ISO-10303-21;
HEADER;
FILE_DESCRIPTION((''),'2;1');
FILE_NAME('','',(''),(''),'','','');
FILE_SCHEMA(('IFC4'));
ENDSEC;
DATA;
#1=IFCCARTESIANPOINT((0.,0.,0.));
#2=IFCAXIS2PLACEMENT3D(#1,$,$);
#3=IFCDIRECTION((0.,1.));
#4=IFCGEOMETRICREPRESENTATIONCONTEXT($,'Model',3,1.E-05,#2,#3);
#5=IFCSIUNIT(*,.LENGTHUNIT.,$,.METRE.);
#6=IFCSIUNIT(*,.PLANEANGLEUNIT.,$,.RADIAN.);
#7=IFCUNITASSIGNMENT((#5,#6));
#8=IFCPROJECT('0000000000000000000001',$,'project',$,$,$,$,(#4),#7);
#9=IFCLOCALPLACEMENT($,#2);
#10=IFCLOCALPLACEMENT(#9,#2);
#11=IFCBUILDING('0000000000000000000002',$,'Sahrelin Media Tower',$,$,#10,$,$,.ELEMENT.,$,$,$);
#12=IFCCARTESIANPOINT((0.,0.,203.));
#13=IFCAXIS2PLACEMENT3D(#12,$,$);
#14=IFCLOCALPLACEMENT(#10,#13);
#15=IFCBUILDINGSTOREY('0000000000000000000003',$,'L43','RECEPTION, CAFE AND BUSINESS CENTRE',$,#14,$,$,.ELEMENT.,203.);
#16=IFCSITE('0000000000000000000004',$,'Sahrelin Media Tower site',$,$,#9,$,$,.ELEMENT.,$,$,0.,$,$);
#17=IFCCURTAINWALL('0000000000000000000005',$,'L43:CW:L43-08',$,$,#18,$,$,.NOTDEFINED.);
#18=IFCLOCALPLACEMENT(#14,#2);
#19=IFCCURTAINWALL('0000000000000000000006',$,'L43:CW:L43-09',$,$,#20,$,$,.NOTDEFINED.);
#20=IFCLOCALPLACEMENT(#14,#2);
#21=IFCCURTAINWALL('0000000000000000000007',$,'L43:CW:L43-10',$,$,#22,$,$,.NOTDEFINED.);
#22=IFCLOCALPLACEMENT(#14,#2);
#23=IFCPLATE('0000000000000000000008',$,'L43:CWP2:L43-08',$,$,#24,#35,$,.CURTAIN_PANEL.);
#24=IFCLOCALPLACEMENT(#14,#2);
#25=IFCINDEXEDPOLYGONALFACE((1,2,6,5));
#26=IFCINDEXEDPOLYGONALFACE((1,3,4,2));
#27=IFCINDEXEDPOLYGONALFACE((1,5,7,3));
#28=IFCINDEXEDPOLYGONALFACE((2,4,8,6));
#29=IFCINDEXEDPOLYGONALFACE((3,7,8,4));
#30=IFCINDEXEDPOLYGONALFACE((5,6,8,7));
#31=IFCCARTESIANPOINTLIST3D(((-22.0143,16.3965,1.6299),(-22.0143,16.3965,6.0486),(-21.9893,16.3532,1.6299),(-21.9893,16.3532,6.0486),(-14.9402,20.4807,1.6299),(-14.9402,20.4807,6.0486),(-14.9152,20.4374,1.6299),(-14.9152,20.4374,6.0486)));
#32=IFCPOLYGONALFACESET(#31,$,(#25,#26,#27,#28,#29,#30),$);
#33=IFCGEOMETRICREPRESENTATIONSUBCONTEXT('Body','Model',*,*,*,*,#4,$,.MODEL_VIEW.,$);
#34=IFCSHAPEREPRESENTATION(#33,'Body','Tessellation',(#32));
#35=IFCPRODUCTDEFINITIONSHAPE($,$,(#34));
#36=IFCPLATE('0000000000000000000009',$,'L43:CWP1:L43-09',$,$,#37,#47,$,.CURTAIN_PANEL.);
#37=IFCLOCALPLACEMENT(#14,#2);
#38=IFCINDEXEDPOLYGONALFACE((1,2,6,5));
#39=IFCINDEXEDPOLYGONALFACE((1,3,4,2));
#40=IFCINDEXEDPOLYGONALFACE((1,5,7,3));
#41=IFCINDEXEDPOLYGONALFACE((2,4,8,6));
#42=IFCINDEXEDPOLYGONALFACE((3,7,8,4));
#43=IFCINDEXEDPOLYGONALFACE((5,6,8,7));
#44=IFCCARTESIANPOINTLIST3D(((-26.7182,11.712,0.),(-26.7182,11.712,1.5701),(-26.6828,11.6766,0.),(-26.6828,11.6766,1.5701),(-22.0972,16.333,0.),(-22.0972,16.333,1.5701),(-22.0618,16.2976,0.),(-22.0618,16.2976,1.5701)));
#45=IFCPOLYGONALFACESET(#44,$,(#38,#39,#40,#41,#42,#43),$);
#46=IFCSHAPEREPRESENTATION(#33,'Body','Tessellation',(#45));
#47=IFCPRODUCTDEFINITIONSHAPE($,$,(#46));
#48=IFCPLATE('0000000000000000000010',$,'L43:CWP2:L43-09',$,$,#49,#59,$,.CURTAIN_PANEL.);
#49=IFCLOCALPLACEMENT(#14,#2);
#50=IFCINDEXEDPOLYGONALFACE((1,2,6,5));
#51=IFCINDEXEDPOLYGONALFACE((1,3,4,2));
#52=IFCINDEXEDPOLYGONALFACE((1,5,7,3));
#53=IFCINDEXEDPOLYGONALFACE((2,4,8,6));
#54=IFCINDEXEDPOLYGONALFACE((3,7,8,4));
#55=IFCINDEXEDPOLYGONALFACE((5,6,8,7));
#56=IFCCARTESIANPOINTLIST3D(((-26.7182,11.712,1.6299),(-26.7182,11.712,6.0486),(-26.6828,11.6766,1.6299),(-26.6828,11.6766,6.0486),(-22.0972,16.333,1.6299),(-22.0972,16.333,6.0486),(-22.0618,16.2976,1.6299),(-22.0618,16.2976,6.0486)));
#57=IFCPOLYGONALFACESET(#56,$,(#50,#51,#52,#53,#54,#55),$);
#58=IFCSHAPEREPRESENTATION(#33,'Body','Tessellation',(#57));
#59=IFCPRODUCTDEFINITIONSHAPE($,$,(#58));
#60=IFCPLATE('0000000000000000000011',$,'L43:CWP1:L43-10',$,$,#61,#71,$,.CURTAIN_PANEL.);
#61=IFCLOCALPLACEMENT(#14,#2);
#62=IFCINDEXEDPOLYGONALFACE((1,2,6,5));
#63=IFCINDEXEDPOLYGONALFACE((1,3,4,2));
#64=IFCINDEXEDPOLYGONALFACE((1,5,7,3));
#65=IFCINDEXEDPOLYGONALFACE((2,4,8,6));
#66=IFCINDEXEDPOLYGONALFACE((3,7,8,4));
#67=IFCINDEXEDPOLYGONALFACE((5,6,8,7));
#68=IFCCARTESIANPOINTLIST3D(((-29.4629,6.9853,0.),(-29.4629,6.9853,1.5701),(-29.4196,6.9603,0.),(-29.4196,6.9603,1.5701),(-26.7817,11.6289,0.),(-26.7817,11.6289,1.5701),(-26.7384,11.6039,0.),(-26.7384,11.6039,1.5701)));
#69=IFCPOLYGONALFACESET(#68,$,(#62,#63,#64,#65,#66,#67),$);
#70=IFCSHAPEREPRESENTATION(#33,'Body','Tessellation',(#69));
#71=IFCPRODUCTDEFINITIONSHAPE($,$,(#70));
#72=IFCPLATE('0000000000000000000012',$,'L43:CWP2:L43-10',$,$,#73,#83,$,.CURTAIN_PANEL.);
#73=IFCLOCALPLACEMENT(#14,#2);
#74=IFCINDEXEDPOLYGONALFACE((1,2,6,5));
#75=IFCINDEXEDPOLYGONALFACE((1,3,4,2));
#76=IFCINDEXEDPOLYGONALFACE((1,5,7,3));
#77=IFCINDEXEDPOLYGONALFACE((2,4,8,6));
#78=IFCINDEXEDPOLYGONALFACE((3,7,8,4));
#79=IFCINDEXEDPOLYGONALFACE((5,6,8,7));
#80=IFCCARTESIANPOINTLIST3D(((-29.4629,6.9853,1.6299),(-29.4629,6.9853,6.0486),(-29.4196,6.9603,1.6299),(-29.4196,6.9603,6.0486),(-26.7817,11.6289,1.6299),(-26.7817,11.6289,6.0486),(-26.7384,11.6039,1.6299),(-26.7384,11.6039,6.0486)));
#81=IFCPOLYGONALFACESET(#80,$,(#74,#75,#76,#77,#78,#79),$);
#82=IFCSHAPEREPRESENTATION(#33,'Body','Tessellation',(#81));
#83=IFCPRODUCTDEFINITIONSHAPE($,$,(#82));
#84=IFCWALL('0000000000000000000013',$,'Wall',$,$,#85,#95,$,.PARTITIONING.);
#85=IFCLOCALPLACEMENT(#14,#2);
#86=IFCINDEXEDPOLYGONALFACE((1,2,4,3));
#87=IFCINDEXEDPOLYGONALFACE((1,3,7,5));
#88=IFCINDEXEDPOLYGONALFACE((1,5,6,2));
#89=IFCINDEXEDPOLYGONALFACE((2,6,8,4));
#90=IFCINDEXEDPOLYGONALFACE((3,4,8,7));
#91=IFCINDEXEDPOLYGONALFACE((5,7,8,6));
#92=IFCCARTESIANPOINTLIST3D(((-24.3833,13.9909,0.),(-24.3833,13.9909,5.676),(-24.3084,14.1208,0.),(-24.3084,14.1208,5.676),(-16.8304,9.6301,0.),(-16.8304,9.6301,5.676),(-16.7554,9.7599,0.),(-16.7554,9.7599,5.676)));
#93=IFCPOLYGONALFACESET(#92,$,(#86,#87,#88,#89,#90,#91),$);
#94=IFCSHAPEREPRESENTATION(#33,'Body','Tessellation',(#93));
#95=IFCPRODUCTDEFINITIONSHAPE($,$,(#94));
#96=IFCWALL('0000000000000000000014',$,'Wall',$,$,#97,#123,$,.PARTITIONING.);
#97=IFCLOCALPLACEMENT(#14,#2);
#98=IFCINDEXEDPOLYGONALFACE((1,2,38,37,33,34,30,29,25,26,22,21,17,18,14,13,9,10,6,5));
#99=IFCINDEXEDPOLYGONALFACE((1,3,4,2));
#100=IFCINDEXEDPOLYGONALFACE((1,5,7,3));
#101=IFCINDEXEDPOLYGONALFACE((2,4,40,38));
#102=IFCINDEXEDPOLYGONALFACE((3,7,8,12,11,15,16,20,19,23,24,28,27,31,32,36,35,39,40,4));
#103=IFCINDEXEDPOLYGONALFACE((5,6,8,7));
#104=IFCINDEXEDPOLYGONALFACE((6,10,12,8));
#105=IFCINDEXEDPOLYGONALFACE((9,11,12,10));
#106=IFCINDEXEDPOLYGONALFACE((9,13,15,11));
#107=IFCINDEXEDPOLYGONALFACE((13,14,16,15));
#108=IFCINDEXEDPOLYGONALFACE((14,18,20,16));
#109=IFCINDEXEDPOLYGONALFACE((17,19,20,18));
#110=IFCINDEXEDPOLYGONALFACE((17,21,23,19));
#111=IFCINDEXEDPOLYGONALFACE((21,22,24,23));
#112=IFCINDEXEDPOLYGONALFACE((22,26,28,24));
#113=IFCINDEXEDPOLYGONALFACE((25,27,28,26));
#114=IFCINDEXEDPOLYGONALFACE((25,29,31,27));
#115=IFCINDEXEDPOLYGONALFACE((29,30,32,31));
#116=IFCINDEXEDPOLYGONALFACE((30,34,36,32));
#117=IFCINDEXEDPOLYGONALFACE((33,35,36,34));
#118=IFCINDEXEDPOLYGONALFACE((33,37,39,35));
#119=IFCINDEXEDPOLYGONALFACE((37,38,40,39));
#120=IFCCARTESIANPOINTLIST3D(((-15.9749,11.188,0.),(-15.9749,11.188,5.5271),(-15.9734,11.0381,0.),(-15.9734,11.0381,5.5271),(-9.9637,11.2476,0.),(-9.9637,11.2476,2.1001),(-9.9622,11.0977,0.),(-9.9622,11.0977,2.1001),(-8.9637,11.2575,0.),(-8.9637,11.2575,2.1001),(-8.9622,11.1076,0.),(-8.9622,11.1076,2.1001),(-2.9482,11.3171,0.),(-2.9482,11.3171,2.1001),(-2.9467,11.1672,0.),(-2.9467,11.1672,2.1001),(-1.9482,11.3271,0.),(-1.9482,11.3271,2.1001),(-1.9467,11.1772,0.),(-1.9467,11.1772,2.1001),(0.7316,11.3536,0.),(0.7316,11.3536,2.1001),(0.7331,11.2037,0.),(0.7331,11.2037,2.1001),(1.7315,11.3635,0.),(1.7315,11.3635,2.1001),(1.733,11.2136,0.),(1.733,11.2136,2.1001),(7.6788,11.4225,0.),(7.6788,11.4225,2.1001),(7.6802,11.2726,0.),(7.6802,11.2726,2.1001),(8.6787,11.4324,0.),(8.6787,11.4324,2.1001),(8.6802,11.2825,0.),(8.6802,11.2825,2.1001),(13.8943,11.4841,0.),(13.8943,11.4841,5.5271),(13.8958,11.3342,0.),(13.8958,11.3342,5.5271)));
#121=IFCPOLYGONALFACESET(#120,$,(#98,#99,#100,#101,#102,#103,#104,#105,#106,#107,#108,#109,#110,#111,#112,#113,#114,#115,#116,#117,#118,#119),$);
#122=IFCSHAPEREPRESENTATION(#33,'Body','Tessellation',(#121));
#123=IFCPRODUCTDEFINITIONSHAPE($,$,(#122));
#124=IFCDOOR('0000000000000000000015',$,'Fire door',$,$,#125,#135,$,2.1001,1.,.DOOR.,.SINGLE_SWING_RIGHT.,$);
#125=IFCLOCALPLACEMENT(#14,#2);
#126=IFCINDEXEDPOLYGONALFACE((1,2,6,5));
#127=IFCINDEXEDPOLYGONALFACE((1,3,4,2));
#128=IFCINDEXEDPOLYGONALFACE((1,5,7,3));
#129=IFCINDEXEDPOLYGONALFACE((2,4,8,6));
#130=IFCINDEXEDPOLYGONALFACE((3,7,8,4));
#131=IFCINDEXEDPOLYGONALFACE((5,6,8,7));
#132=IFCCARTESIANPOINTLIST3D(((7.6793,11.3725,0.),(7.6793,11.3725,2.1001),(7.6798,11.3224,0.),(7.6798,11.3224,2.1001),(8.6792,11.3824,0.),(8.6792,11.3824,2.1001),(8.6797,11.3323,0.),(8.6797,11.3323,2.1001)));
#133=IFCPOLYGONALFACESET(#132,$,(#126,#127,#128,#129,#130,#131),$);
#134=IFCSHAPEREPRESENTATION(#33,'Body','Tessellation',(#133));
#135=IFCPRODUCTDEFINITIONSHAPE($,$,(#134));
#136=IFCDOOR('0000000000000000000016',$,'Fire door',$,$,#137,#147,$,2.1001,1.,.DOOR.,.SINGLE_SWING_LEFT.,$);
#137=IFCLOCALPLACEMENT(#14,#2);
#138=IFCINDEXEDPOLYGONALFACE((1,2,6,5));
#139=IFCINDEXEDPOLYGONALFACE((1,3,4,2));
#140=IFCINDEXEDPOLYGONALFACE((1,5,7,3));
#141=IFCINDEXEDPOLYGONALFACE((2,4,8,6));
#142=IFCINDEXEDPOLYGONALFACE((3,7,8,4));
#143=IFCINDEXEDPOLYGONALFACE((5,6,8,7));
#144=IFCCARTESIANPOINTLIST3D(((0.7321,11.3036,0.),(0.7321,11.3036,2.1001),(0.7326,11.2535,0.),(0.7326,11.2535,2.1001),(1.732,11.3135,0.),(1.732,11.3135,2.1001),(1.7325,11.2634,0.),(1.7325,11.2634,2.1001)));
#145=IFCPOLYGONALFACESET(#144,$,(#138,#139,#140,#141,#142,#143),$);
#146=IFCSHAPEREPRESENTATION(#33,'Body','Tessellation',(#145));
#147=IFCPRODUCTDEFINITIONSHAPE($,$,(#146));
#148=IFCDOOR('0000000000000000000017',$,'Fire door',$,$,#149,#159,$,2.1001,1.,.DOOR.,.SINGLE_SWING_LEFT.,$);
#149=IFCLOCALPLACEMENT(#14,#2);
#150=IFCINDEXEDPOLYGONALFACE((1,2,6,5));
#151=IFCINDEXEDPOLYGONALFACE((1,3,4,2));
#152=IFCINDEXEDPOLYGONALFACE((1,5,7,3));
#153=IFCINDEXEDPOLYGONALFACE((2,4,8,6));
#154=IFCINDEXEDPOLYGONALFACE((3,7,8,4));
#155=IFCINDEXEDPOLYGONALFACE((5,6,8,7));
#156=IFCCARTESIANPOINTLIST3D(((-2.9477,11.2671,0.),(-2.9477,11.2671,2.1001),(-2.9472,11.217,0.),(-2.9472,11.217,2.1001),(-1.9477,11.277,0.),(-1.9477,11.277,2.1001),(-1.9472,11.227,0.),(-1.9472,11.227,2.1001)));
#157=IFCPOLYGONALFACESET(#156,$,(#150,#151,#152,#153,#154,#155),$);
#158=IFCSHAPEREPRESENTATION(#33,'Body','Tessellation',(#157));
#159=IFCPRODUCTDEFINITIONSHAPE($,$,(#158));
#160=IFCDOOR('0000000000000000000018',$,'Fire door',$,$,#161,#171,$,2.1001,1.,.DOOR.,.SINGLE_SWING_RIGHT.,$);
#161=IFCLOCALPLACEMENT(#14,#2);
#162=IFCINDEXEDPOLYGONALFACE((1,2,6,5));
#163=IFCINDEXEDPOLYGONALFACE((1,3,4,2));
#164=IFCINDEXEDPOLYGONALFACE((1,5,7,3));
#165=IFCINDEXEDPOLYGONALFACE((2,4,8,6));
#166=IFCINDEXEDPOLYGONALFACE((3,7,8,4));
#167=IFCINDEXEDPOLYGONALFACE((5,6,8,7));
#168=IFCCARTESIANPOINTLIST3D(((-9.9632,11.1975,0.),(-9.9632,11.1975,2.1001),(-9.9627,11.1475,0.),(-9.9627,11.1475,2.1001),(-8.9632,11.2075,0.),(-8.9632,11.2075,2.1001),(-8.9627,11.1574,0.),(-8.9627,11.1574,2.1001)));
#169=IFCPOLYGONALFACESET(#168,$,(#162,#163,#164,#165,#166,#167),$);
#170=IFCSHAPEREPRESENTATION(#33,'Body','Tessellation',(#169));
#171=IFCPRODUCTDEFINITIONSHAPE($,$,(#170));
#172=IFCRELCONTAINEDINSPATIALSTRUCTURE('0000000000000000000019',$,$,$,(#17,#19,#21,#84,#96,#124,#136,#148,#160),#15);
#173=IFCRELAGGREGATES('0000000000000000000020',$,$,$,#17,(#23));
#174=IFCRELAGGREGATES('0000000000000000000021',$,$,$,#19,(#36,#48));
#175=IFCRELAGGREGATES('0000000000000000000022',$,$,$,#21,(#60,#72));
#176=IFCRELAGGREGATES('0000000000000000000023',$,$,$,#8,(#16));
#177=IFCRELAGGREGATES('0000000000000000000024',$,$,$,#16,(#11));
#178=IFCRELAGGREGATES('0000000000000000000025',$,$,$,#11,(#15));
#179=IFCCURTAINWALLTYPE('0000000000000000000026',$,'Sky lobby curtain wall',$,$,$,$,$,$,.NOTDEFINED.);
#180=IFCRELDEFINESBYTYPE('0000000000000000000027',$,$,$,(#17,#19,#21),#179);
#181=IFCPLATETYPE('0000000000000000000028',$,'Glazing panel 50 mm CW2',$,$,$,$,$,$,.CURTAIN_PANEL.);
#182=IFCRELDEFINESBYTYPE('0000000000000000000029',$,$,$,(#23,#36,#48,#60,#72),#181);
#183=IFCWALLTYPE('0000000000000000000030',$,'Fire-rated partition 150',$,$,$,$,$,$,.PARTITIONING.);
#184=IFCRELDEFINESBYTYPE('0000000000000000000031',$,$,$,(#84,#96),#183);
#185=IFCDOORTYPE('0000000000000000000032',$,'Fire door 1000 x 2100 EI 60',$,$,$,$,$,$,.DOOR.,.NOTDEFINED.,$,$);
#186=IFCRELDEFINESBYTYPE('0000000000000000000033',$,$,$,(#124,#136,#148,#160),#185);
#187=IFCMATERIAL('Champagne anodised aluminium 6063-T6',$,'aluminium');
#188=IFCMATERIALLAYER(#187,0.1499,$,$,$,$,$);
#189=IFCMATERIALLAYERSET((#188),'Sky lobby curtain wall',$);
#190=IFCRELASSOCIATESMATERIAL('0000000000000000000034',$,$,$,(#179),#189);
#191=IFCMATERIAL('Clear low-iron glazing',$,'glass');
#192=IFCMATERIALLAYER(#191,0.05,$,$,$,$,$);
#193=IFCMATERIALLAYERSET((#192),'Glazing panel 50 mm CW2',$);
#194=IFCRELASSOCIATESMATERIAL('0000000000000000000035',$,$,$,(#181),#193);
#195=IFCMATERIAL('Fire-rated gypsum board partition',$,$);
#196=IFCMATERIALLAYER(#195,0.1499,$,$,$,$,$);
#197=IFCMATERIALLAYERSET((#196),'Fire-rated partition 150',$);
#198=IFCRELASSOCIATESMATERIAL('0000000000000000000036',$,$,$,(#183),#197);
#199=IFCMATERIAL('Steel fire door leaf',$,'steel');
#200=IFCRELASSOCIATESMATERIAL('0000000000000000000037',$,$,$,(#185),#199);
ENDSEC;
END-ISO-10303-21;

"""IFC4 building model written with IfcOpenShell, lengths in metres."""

from ifc_helpers import new_model, si_unit, direction, frame, frame_2d, origin, place, context, subcontext, project, spatial, polyline, rectangle, outline, extrude, material, layer, layer_set, type_object, element, fill, aggregate, save


model = new_model("IFC4")

# Units and contexts
model_context = context("Model", 3, precision=1e-05, world=origin(), true_north=direction((0.0, 1.0)))
body_context = subcontext(model_context, "Body", "Model", "MODEL_VIEW")
ifc_project = project(units=[si_unit("LENGTHUNIT", "METRE"), si_unit("PLANEANGLEUNIT", "RADIAN")], contexts=[model_context])

# Site, building, storey
site_placement = place(None, origin())
site = spatial("IfcSite", under=ifc_project, at=site_placement, Name="Sahrelin Media Tower site", CompositionType="ELEMENT", RefElevation=0.0)
building_placement = place(site_placement, origin())
building = spatial("IfcBuilding", under=site, at=building_placement, Name="Sahrelin Media Tower", CompositionType="ELEMENT")
storey_placement = place(building_placement, frame((0.0, 0.0, 203.0)))
storey = spatial("IfcBuildingStorey", under=building, at=storey_placement, Name="L43", Description="RECEPTION, CAFE AND BUSINESS CENTRE", CompositionType="ELEMENT", Elevation=203.0)

# Curtain walls
ifc_material_1 = material(Name="Champagne anodised aluminium 6063-T6", Category="aluminium")
ifc_layer_1 = layer(ifc_material_1, 0.1499)
ifc_layer_set_1 = layer_set([ifc_layer_1], Name="Sky lobby curtain wall")
curtain_wall_type = type_object("IfcCurtainWallType", Name="Sky lobby curtain wall", PredefinedType="NOTDEFINED", material=ifc_layer_set_1)
curtain_wall_1_placement = place(storey_placement, frame((-18.4673, 18.4211, 0.0), z_axis=(0.0, 0.0, 1.0), x_axis=(1.0, 0.0, 0.0)))
curtain_wall_1 = element("IfcCurtainWall", 1, at=curtain_wall_1_placement, inside=storey, type_object=curtain_wall_type, Name="L43:CW:L43-08", PredefinedType="NOTDEFINED")
curtain_wall_2_placement = place(storey_placement, frame((-24.3936, 14.0083, 0.0), z_axis=(0.0, 0.0, 1.0), x_axis=(1.0, 0.0, 0.0)))
curtain_wall_2 = element("IfcCurtainWall", 2, at=curtain_wall_2_placement, inside=storey, type_object=curtain_wall_type, Name="L43:CW:L43-09", PredefinedType="NOTDEFINED")

# Curtain wall
curtain_wall_3_placement = place(storey_placement, frame((-28.105, 9.2971, 0.0), z_axis=(0.0, 0.0, 1.0), x_axis=(1.0, 0.0, 0.0)))
curtain_wall_3 = element("IfcCurtainWall", 3, at=curtain_wall_3_placement, inside=storey, type_object=curtain_wall_type, Name="L43:CW:L43-10", PredefinedType="NOTDEFINED")

# Plates
ifc_material_2 = material(Name="Clear low-iron glazing", Category="glass")
ifc_layer_2 = layer(ifc_material_2, 0.05)
ifc_layer_set_2 = layer_set([ifc_layer_2], Name="Glazing panel 50 mm CW2")
plate_type = type_object("IfcPlateType", Name="Glazing panel 50 mm CW2", PredefinedType="CURTAIN_PANEL", material=ifc_layer_set_2)
plate_1_placement = place(storey_placement, frame((-14.9402, 20.4807, 1.6299), z_axis=(-0.499993, 0.866029, 0.0), x_axis=(-0.866029, -0.499993, 0.0)))
plate_1 = element("IfcPlate", 4, at=plate_1_placement, type_object=plate_type, Name="L43:CWP2:L43-08", PredefinedType="CURTAIN_PANEL", context=body_context, shape_type="SweptSolid", body=[
    extrude(outline(polyline([(0.0, 0.0), (8.1685, 0.0), (8.1685, 4.4187), (0.0, 4.4187), (0.0, 0.0)])), origin(), (0.0, 0.0, -1.0), 0.05),
])
aggregate(curtain_wall_1, [plate_1])
plate_2_placement = place(storey_placement, frame((-22.0972, 16.333, 0.0), z_axis=(-0.707107, 0.707107, 0.0), x_axis=(-0.707107, -0.707107, 0.0)))
plate_2 = element("IfcPlate", 5, at=plate_2_placement, type_object=plate_type, Name="L43:CWP1:L43-09", PredefinedType="CURTAIN_PANEL", context=body_context, shape_type="SweptSolid", body=[
    extrude(outline(polyline([(0.0, 0.0), (6.5352, 0.0), (6.5352, 1.5701), (0.0, 1.5701), (0.0, 0.0)])), origin(), (0.0, 0.0, -1.0), 0.05),
])
plate_3_placement = place(storey_placement, frame((-22.0972, 16.333, 1.6299), z_axis=(-0.707107, 0.707107, 0.0), x_axis=(-0.707107, -0.707107, 0.0)))
plate_3 = element("IfcPlate", 6, at=plate_3_placement, type_object=plate_type, Name="L43:CWP2:L43-09", PredefinedType="CURTAIN_PANEL", context=body_context, shape_type="SweptSolid", body=[
    extrude(outline(polyline([(0.0, 0.0), (6.5352, 0.0), (6.5352, 4.4187), (0.0, 4.4187), (0.0, 0.0)])), origin(), (0.0, 0.0, -1.0), 0.05),
])
aggregate(curtain_wall_2, [plate_2, plate_3])
plate_4_placement = place(storey_placement, frame((-26.7817, 11.6289, 0.0), z_axis=(-0.86601, 0.500027, 0.0), x_axis=(-0.500027, -0.86601, 0.0)))
plate_4 = element("IfcPlate", 7, at=plate_4_placement, type_object=plate_type, Name="L43:CWP1:L43-10", PredefinedType="CURTAIN_PANEL", context=body_context, shape_type="SweptSolid", body=[
    extrude(outline(polyline([(0.0, 0.0), (5.3621, 0.0), (5.3621, 1.5701), (0.0, 1.5701), (0.0, 0.0)])), origin(), (0.0, 0.0, -1.0), 0.05),
])
plate_5_placement = place(storey_placement, frame((-26.7817, 11.6289, 1.6299), z_axis=(-0.86601, 0.500027, 0.0), x_axis=(-0.500027, -0.86601, 0.0)))
plate_5 = element("IfcPlate", 8, at=plate_5_placement, type_object=plate_type, Name="L43:CWP2:L43-10", PredefinedType="CURTAIN_PANEL", context=body_context, shape_type="SweptSolid", body=[
    extrude(outline(polyline([(0.0, 0.0), (5.3621, 0.0), (5.3621, 4.4187), (0.0, 4.4187), (0.0, 0.0)])), origin(), (0.0, 0.0, -1.0), 0.05),
])
aggregate(curtain_wall_3, [plate_4, plate_5])

# Wall
ifc_material_3 = material(Name="Fire-rated gypsum board partition")
ifc_layer_3 = layer(ifc_material_3, 0.1499)
ifc_layer_set_3 = layer_set([ifc_layer_3], Name="Fire-rated partition 150")
wall_type_1 = type_object("IfcWallType", Name="Fire-rated partition 150", PredefinedType="PARTITIONING", material=ifc_layer_set_3)
wall_1_placement = place(storey_placement, frame((-24.3459, 14.0559, 0.0), z_axis=(0.0, 0.0, 1.0), x_axis=(0.866019, -0.500011, 0.0)))
element("IfcWall", 9, at=wall_1_placement, inside=storey, type_object=wall_type_1, Name="Wall", PredefinedType="PARTITIONING", context=body_context, shape_type="SweptSolid", body=[
    extrude(rectangle(XDim=8.7214, YDim=0.1499, at=frame_2d((4.3608, 0.0))), origin(), (0.0, 0.0, 1.0), 5.676),
])

# Wall, openings, doors
wall_2_placement = place(storey_placement, frame((-15.9741, 11.113, 0.0), z_axis=(0.0, 0.0, 1.0), x_axis=(0.999951, 0.009914, 0.0)))
wall_2 = element("IfcWall", 10, at=wall_2_placement, inside=storey, type_object=wall_type_1, Name="Wall", PredefinedType="PARTITIONING", context=body_context, shape_type="SweptSolid", body=[
    extrude(rectangle(XDim=29.8706, YDim=0.1499, at=frame_2d((14.9353, 0.0))), origin(), (0.0, 0.0, 1.0), 5.5271),
])
opening_1_placement = place(wall_2_placement, frame((23.6548, 0.0, 0.0)))
opening_1 = element("IfcOpeningElement", 11, at=opening_1_placement, cuts=wall_2, PredefinedType="OPENING", context=body_context, shape_type="SweptSolid", body=[
    extrude(rectangle(XDim=1.0, YDim=2.1001, at=frame_2d((0.5, 1.05))), frame((0.0, 0.075, 0.0), z_axis=(0.0, -1.0, 0.0), x_axis=(1.0, 0.0, 0.0)), (0.0, 0.0, 1.0), 0.1499),
])
opening_2_placement = place(wall_2_placement, frame((16.7073, 0.0, 0.0)))
opening_2 = element("IfcOpeningElement", 12, at=opening_2_placement, cuts=wall_2, PredefinedType="OPENING", context=body_context, shape_type="SweptSolid", body=[
    extrude(rectangle(XDim=1.0, YDim=2.1001, at=frame_2d((0.5, 1.05))), frame((0.0, 0.075, 0.0), z_axis=(0.0, -1.0, 0.0), x_axis=(1.0, 0.0, 0.0)), (0.0, 0.0, 1.0), 0.1499),
])
opening_3_placement = place(wall_2_placement, frame((13.0273, 0.0, 0.0)))
opening_3 = element("IfcOpeningElement", 13, at=opening_3_placement, cuts=wall_2, PredefinedType="OPENING", context=body_context, shape_type="SweptSolid", body=[
    extrude(rectangle(XDim=1.0, YDim=2.1001, at=frame_2d((0.5, 1.05))), frame((0.0, 0.075, 0.0), z_axis=(0.0, -1.0, 0.0), x_axis=(1.0, 0.0, 0.0)), (0.0, 0.0, 1.0), 0.1499),
])
opening_4_placement = place(wall_2_placement, frame((6.0115, 0.0, 0.0)))
opening_4 = element("IfcOpeningElement", 14, at=opening_4_placement, cuts=wall_2, PredefinedType="OPENING", context=body_context, shape_type="SweptSolid", body=[
    extrude(rectangle(XDim=1.0, YDim=2.1001, at=frame_2d((0.5, 1.05))), frame((0.0, 0.075, 0.0), z_axis=(0.0, -1.0, 0.0), x_axis=(1.0, 0.0, 0.0)), (0.0, 0.0, 1.0), 0.1499),
])
ifc_material_4 = material(Name="Steel fire door leaf", Category="steel")
door_type_1 = type_object("IfcDoorType", Name="Fire door 1000 x 2100 EI 60", OperationType="NOTDEFINED", PredefinedType="DOOR", material=ifc_material_4)
door_1_placement = place(opening_1_placement, origin())
door_1 = element("IfcDoor", 15, at=door_1_placement, inside=storey, type_object=door_type_1, Name="Fire door", OperationType="SINGLE_SWING_RIGHT", OverallHeight=2.1001, OverallWidth=1.0, PredefinedType="DOOR", context=body_context, shape_type="SweptSolid", body=[
    extrude(rectangle(XDim=1.0, YDim=2.1001, at=frame_2d((0.5, 1.05))), frame((0.0, 0.0249, 0.0), z_axis=(0.0, -1.0, 0.0), x_axis=(1.0, 0.0, 0.0)), (0.0, 0.0, 1.0), 0.05),
])
fill(opening_1, door_1)
door_2_placement = place(opening_2_placement, origin())
door_2 = element("IfcDoor", 16, at=door_2_placement, inside=storey, type_object=door_type_1, Name="Fire door", OperationType="SINGLE_SWING_LEFT", OverallHeight=2.1001, OverallWidth=1.0, PredefinedType="DOOR", context=body_context, shape_type="SweptSolid", body=[
    extrude(rectangle(XDim=1.0, YDim=2.1001, at=frame_2d((0.5, 1.05))), frame((0.0, 0.0249, 0.0), z_axis=(0.0, -1.0, 0.0), x_axis=(1.0, 0.0, 0.0)), (0.0, 0.0, 1.0), 0.05),
])
fill(opening_2, door_2)
door_3_placement = place(opening_3_placement, origin())
door_3 = element("IfcDoor", 17, at=door_3_placement, inside=storey, type_object=door_type_1, Name="Fire door", OperationType="SINGLE_SWING_LEFT", OverallHeight=2.1001, OverallWidth=1.0, PredefinedType="DOOR", context=body_context, shape_type="SweptSolid", body=[
    extrude(rectangle(XDim=1.0, YDim=2.1001, at=frame_2d((0.5, 1.05))), frame((0.0, 0.0249, 0.0), z_axis=(0.0, -1.0, 0.0), x_axis=(1.0, 0.0, 0.0)), (0.0, 0.0, 1.0), 0.05),
])
fill(opening_3, door_3)
door_4_placement = place(opening_4_placement, origin())
door_4 = element("IfcDoor", 18, at=door_4_placement, inside=storey, type_object=door_type_1, Name="Fire door", OperationType="SINGLE_SWING_RIGHT", OverallHeight=2.1001, OverallWidth=1.0, PredefinedType="DOOR", context=body_context, shape_type="SweptSolid", body=[
    extrude(rectangle(XDim=1.0, YDim=2.1001, at=frame_2d((0.5, 1.05))), frame((0.0, 0.0249, 0.0), z_axis=(0.0, -1.0, 0.0), x_axis=(1.0, 0.0, 0.0)), (0.0, 0.0, 1.0), 0.05),
])
fill(opening_4, door_4)

save(model, "model.ifc")
